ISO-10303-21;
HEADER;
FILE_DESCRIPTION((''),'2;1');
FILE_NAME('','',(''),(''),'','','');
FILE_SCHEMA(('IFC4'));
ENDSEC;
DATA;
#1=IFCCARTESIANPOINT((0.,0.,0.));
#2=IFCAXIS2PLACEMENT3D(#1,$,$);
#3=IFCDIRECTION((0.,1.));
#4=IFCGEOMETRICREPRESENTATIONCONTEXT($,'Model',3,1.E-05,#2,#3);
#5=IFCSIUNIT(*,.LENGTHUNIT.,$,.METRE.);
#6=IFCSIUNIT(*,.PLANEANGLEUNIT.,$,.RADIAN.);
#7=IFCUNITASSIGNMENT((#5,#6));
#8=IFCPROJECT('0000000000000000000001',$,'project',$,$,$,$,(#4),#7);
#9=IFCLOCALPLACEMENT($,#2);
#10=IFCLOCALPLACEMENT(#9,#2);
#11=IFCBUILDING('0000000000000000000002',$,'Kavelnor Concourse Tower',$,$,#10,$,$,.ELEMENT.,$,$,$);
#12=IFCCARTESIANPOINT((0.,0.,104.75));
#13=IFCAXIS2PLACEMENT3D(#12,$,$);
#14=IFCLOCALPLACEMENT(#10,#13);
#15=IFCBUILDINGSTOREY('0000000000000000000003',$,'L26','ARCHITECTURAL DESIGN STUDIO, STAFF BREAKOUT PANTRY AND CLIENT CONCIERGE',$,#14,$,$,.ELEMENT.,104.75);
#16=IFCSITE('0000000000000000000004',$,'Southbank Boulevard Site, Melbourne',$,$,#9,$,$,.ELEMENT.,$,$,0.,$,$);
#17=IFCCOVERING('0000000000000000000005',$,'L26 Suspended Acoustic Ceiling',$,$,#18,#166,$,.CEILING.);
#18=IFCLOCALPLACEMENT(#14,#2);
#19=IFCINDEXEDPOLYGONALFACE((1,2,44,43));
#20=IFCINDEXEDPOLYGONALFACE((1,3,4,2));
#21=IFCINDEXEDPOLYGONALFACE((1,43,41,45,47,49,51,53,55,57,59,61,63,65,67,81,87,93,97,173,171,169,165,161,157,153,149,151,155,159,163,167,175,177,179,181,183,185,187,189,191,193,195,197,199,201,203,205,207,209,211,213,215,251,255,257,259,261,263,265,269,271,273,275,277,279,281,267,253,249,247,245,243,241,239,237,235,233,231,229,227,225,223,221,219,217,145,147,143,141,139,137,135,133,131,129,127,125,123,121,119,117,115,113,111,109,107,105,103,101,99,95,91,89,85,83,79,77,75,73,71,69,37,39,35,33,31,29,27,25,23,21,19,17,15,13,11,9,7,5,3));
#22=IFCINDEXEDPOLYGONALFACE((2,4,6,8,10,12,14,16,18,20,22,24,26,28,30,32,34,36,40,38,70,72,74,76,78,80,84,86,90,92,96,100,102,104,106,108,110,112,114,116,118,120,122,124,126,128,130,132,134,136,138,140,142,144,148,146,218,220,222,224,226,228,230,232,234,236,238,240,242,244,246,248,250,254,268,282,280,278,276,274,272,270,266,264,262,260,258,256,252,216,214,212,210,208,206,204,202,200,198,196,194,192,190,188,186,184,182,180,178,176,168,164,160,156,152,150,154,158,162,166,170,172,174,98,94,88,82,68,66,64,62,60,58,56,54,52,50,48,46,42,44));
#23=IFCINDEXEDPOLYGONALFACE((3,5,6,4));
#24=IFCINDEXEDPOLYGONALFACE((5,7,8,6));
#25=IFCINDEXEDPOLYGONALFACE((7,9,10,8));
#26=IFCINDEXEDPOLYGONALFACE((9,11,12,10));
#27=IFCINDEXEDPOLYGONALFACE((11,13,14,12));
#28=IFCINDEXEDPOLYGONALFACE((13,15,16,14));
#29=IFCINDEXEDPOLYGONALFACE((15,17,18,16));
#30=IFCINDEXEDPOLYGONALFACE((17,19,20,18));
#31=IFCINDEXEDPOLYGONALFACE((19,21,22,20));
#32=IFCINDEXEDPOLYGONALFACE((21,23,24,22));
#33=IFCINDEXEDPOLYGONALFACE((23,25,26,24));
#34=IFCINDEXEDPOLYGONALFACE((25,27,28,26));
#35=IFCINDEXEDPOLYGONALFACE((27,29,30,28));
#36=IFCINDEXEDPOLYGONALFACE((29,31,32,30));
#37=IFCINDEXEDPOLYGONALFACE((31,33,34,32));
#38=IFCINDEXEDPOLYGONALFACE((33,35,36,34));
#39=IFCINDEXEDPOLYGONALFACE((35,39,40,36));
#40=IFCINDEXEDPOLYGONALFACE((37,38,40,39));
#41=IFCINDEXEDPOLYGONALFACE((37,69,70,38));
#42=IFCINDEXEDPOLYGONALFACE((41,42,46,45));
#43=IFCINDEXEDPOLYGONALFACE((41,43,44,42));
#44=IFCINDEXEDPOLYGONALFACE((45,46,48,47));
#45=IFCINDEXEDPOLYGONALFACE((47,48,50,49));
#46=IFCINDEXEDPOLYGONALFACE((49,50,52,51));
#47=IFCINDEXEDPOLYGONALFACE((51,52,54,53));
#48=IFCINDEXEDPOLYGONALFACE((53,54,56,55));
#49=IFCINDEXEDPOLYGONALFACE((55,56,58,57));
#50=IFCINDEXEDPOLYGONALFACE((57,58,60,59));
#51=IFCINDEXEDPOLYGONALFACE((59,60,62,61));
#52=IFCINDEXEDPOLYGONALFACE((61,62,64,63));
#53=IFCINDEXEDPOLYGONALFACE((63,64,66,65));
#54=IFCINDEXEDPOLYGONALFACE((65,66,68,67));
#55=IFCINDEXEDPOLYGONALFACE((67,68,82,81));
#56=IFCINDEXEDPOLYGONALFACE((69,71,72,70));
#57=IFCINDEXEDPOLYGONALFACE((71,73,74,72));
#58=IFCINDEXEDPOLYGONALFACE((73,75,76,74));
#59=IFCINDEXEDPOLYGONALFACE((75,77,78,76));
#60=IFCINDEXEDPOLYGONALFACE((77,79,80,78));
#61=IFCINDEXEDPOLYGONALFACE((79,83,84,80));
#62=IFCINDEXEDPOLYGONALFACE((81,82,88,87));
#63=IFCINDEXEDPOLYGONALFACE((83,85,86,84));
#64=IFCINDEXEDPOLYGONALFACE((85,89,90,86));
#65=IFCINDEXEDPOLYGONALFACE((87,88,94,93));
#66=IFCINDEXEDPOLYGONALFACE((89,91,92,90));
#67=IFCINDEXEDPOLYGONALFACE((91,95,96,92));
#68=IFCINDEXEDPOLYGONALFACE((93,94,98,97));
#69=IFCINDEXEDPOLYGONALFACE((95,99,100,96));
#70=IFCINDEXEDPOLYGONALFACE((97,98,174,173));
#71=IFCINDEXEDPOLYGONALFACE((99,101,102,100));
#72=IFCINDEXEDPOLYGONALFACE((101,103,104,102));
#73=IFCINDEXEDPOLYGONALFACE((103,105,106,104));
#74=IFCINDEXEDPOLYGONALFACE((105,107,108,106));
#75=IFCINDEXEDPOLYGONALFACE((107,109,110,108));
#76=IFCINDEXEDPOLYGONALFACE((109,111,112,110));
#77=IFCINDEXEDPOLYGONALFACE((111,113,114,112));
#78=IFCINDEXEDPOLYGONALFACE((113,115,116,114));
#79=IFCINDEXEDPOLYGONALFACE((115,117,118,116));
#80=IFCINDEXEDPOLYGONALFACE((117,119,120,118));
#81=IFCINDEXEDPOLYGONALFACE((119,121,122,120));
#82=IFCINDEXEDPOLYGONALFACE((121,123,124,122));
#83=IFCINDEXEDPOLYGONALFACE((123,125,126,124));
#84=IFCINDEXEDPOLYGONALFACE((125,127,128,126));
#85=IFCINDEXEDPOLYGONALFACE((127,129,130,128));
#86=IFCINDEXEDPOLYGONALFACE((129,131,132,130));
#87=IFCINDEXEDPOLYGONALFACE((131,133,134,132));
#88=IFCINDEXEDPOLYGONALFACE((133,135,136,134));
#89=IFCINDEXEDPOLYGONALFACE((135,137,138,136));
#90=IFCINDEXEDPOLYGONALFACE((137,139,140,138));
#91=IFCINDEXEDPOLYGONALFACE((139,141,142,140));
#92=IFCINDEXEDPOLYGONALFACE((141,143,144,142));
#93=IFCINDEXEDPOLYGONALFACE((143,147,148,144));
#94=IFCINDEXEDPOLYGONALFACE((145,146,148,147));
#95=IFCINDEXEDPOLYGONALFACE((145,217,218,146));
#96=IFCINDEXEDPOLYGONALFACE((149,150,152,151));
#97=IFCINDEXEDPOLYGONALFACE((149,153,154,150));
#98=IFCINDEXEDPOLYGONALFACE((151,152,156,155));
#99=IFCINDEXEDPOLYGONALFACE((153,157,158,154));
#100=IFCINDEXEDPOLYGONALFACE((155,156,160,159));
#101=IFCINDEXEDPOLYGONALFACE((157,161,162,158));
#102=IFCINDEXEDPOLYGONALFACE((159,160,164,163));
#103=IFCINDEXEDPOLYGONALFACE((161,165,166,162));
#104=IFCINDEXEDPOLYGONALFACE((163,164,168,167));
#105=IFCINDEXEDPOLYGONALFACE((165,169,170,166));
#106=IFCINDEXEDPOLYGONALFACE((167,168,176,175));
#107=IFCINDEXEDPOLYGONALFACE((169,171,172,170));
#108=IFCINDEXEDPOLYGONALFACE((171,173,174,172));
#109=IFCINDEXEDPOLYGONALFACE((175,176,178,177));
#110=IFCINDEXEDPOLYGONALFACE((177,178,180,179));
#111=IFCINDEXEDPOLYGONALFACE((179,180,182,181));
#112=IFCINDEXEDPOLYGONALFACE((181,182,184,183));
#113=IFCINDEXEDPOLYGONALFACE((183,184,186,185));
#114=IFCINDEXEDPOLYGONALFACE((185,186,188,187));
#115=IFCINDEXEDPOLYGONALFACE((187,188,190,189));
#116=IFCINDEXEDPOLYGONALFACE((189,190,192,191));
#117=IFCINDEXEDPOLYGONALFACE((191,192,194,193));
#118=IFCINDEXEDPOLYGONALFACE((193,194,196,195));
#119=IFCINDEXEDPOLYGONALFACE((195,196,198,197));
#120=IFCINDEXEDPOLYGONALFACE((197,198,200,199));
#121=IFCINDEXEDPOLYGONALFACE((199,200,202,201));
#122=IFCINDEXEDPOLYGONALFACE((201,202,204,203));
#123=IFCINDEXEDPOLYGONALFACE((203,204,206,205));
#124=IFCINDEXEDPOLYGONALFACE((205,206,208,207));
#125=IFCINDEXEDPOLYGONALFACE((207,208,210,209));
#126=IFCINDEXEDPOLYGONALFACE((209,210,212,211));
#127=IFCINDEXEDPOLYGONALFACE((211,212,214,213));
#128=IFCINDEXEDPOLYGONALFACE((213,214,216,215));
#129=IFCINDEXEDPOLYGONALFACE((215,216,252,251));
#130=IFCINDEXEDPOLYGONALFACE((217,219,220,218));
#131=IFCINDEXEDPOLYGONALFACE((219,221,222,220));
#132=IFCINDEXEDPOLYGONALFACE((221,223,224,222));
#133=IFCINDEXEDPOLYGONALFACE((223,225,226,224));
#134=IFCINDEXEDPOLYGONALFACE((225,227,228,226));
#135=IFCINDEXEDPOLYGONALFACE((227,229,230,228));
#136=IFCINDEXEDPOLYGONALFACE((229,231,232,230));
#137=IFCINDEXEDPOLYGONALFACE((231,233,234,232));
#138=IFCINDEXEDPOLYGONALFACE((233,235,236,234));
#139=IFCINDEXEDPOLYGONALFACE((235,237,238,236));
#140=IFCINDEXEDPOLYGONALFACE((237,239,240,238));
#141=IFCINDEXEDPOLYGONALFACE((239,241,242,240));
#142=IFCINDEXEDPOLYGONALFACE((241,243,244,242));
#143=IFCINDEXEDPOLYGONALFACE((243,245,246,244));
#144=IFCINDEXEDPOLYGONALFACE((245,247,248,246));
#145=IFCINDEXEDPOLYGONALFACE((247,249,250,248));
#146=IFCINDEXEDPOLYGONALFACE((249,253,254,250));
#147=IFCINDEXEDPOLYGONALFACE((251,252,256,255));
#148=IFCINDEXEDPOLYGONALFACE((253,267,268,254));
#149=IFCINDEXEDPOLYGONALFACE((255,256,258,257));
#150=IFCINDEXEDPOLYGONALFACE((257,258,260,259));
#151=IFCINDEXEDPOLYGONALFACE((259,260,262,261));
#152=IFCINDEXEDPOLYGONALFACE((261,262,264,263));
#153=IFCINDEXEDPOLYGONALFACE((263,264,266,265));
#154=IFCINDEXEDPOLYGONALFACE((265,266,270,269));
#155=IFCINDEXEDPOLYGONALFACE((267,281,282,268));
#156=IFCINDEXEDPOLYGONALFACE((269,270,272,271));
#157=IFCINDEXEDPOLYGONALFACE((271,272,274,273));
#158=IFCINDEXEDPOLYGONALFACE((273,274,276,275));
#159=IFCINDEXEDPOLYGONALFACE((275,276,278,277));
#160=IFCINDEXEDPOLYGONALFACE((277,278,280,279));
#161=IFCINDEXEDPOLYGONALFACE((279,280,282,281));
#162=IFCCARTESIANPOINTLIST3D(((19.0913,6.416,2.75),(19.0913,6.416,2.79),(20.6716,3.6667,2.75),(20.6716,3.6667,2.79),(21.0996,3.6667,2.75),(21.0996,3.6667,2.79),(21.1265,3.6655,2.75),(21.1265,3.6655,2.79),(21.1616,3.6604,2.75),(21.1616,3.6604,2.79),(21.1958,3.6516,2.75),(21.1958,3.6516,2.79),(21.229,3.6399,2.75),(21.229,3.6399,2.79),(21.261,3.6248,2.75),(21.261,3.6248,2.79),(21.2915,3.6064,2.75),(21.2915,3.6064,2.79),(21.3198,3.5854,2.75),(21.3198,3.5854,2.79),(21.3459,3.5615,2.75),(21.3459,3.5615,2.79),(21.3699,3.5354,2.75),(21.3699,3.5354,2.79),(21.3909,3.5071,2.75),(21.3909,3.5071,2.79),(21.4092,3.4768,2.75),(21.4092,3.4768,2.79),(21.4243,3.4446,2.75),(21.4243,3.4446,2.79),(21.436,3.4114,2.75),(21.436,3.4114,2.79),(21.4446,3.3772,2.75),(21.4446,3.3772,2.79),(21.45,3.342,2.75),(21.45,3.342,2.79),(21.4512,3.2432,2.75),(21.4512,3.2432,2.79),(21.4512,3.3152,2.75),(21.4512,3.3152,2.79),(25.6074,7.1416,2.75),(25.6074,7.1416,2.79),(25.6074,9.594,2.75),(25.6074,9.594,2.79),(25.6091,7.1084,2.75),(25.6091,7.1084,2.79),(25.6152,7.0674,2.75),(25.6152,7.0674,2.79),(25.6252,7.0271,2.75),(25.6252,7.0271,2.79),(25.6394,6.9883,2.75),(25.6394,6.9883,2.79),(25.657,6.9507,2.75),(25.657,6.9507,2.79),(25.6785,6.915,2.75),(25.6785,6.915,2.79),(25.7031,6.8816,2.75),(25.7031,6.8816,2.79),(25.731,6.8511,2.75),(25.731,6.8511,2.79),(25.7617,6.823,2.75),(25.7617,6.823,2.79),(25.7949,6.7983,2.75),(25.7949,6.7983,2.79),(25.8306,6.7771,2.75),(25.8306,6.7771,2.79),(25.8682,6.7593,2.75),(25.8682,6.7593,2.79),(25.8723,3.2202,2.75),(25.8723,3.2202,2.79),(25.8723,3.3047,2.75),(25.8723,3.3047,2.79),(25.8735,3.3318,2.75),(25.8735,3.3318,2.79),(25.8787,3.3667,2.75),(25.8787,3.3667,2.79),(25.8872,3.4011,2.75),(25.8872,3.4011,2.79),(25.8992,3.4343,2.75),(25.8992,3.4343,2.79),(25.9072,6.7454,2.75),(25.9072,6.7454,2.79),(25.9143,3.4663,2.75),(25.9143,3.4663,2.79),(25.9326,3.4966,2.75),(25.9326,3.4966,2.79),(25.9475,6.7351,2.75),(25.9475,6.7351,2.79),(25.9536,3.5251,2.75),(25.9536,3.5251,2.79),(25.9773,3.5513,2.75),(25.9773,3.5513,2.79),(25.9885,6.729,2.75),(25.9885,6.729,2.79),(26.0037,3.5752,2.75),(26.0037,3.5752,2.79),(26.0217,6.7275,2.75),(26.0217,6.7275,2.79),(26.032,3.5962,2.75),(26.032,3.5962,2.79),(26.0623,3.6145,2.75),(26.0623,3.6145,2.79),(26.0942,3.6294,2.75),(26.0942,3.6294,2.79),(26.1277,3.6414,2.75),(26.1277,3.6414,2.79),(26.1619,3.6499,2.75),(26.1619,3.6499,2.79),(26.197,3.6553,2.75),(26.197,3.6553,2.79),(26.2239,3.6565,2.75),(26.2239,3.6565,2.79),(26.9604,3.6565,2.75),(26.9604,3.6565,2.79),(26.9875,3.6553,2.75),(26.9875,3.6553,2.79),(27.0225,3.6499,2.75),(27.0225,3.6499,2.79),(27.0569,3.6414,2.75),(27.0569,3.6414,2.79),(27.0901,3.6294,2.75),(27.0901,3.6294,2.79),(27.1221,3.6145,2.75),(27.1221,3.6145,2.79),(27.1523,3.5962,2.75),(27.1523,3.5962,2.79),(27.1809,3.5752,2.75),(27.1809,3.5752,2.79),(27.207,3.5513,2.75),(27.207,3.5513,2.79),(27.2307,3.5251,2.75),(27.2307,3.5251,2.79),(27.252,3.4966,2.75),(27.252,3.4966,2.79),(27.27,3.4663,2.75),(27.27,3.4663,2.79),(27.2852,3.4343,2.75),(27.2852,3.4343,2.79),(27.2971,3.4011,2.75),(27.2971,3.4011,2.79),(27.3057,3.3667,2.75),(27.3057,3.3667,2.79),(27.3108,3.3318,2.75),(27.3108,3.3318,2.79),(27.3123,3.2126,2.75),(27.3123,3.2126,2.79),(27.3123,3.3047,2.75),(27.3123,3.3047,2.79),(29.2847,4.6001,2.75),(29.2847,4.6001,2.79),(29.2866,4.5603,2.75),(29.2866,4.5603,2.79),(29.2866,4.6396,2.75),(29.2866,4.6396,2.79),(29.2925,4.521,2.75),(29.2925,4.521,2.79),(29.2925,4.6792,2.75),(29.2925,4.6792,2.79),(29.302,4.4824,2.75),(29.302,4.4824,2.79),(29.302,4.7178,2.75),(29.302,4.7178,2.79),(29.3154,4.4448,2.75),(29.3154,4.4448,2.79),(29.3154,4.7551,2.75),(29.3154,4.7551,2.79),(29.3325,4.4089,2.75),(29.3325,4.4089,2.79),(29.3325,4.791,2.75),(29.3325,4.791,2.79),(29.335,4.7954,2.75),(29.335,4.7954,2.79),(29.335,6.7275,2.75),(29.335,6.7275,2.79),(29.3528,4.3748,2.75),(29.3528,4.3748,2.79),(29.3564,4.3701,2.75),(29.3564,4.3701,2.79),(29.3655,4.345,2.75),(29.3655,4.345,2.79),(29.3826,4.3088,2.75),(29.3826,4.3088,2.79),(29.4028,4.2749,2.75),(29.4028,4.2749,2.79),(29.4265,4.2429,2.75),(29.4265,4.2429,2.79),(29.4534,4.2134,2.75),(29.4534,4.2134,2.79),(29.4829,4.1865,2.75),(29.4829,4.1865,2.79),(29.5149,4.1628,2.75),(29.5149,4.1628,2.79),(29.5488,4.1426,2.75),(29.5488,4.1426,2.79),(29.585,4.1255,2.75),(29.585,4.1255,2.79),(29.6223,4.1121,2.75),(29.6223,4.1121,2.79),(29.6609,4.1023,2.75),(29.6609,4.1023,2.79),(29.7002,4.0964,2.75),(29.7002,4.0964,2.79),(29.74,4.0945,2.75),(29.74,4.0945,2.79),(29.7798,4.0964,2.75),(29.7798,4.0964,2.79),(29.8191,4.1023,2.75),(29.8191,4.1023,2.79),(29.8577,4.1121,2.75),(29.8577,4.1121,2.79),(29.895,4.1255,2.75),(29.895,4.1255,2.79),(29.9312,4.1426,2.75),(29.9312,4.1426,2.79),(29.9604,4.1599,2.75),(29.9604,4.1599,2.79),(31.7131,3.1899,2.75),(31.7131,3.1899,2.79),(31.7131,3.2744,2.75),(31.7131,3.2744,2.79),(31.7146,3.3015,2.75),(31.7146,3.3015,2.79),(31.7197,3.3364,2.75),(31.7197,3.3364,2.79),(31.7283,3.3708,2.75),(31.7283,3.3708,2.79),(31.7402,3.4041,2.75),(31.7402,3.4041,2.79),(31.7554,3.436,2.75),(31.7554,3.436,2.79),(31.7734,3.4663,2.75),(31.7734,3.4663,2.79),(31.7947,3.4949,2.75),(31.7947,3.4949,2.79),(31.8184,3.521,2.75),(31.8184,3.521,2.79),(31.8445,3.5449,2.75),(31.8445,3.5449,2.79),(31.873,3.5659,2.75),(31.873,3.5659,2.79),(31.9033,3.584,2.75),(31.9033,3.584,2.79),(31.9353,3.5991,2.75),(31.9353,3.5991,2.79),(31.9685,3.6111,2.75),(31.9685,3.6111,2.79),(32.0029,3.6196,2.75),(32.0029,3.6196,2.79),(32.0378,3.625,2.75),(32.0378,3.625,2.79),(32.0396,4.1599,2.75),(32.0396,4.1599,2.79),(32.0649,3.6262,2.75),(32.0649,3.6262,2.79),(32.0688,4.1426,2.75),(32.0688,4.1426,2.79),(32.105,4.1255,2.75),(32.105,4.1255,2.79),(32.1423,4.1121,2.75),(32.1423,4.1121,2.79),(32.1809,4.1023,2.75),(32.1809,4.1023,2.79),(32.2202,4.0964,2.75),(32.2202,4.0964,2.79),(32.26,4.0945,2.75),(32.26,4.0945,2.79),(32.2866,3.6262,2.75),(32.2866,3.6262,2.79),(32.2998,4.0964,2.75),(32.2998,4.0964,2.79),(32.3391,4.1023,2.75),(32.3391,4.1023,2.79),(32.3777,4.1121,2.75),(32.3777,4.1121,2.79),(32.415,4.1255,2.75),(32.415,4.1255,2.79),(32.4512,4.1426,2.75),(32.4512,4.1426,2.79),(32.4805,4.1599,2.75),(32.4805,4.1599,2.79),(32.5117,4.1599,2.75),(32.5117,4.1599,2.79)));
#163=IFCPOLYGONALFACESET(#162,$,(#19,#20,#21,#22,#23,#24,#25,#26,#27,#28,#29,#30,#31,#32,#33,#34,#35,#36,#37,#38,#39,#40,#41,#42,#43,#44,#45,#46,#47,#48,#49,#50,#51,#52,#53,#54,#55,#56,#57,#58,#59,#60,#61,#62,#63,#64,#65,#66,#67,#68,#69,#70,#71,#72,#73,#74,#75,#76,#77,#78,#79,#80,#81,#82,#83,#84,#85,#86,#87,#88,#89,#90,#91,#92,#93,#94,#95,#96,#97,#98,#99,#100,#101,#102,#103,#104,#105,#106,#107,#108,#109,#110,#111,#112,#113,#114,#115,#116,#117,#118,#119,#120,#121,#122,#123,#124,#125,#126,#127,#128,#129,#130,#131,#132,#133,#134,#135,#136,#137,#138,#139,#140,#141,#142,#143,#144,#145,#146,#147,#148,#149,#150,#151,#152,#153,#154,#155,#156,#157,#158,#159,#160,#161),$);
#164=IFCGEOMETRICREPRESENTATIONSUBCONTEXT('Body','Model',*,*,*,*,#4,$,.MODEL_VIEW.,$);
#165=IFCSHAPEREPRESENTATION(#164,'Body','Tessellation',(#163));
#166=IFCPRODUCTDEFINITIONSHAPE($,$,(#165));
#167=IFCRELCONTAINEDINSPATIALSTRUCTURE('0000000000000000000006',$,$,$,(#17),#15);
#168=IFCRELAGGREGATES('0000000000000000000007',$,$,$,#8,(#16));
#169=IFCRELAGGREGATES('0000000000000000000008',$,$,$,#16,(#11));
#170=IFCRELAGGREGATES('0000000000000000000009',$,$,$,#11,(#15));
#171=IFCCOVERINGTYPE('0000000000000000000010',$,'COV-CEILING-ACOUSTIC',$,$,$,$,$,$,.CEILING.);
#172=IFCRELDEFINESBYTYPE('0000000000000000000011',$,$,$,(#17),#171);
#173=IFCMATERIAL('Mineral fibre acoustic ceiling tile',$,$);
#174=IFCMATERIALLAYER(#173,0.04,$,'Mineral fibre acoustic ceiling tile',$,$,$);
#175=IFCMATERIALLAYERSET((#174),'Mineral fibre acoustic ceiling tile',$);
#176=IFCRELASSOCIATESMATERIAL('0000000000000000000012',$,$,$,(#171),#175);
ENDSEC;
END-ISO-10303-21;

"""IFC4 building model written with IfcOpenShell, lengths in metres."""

from ifc_helpers import new_model, si_unit, direction, frame, origin, place, context, subcontext, project, spatial, polyline, outline, extrude, material, layer, layer_set, type_object, element, save


model = new_model("IFC4")

# Units and contexts
model_context = context("Model", 3, precision=1e-05, world=origin(), true_north=direction((0.0, 1.0)))
body_context = subcontext(model_context, "Body", "Model", "MODEL_VIEW")
ifc_project = project(units=[si_unit("LENGTHUNIT", "METRE"), si_unit("PLANEANGLEUNIT", "RADIAN")], contexts=[model_context])

# Site, building, storey
site_placement = place(None, origin())
site = spatial("IfcSite", under=ifc_project, at=site_placement, Name="Southbank Boulevard Site, Melbourne", CompositionType="ELEMENT", RefElevation=0.0)
building_placement = place(site_placement, origin())
building = spatial("IfcBuilding", under=site, at=building_placement, Name="Kavelnor Concourse Tower", CompositionType="ELEMENT")
storey_placement = place(building_placement, frame((0.0, 0.0, 104.75)))
storey = spatial("IfcBuildingStorey", under=building, at=storey_placement, Name="L26", Description="ARCHITECTURAL DESIGN STUDIO, STAFF BREAKOUT PANTRY AND CLIENT CONCIERGE", CompositionType="ELEMENT", Elevation=104.75)

# Covering
ifc_material_1 = material(Name="Mineral fibre acoustic ceiling tile")
ifc_layer_1 = layer(ifc_material_1, 0.04, Name="Mineral fibre acoustic ceiling tile")
ifc_layer_set_1 = layer_set([ifc_layer_1], Name="Mineral fibre acoustic ceiling tile")
covering_type_1 = type_object("IfcCoveringType", Name="COV-CEILING-ACOUSTIC", PredefinedType="CEILING", material=ifc_layer_set_1)
covering_1_placement = place(storey_placement, frame((0.0, 0.0, 2.75)))
element("IfcCovering", 1, at=covering_1_placement, inside=storey, type_object=covering_type_1, Name="L26 Suspended Acoustic Ceiling", PredefinedType="CEILING", context=body_context, shape_type="SweptSolid", body=[
    extrude(outline(polyline([(25.6091, 7.1084), (25.6152, 7.0674), (25.6252, 7.0271), (25.6394, 6.9883), (25.657, 6.9507), (25.6785, 6.915), (25.7031, 6.8816), (25.731, 6.8511), (25.7617, 6.823), (25.7949, 6.7983), (25.8306, 6.7771), (25.8682, 6.7593), (25.9072, 6.7454), (25.9475, 6.7351), (25.9885, 6.729), (26.0217, 6.7275), (29.335, 6.7275), (29.335, 4.7954), (29.3325, 4.791), (29.3154, 4.7551), (29.302, 4.7178), (29.2925, 4.6792), (29.2866, 4.6396), (29.2847, 4.6001), (29.2866, 4.5603), (29.2925, 4.521), (29.302, 4.4824), (29.3154, 4.4448), (29.3325, 4.4089), (29.3528, 4.3748), (29.3564, 4.3701), (29.3655, 4.345), (29.3826, 4.3088), (29.4028, 4.2749), (29.4265, 4.2429), (29.4534, 4.2134), (29.4829, 4.1865), (29.5149, 4.1628), (29.5488, 4.1426), (29.585, 4.1255), (29.6223, 4.1121), (29.6609, 4.1023), (29.7002, 4.0964), (29.74, 4.0945), (29.7798, 4.0964), (29.8191, 4.1023), (29.8577, 4.1121), (29.895, 4.1255), (29.9312, 4.1426), (29.9604, 4.1599), (32.0396, 4.1599), (32.0688, 4.1426), (32.105, 4.1255), (32.1423, 4.1121), (32.1809, 4.1023), (32.2202, 4.0964), (32.26, 4.0945), (32.2998, 4.0964), (32.3391, 4.1023), (32.3777, 4.1121), (32.415, 4.1255), (32.4512, 4.1426), (32.4805, 4.1599), (32.5117, 4.1599), (32.2866, 3.6262), (32.0649, 3.6262), (32.0378, 3.625), (32.0029, 3.6196), (31.9685, 3.6111), (31.9353, 3.5991), (31.9033, 3.584), (31.873, 3.5659), (31.8445, 3.5449), (31.8184, 3.521), (31.7947, 3.4949), (31.7734, 3.4663), (31.7554, 3.436), (31.7402, 3.4041), (31.7283, 3.3708), (31.7197, 3.3364), (31.7146, 3.3015), (31.7131, 3.2744), (31.7131, 3.1899), (27.3123, 3.2126), (27.3123, 3.3047), (27.3108, 3.3318), (27.3057, 3.3667), (27.2971, 3.4011), (27.2852, 3.4343), (27.27, 3.4663), (27.252, 3.4966), (27.2307, 3.5251), (27.207, 3.5513), (27.1809, 3.5752), (27.1523, 3.5962), (27.1221, 3.6145), (27.0901, 3.6294), (27.0569, 3.6414), (27.0225, 3.6499), (26.9875, 3.6553), (26.9604, 3.6565), (26.2239, 3.6565), (26.197, 3.6553), (26.1619, 3.6499), (26.1277, 3.6414), (26.0942, 3.6294), (26.0623, 3.6145), (26.032, 3.5962), (26.0037, 3.5752), (25.9773, 3.5513), (25.9536, 3.5251), (25.9326, 3.4966), (25.9143, 3.4663), (25.8992, 3.4343), (25.8872, 3.4011), (25.8787, 3.3667), (25.8735, 3.3318), (25.8723, 3.3047), (25.8723, 3.2202), (21.4512, 3.2432), (21.4512, 3.3152), (21.45, 3.342), (21.4446, 3.3772), (21.436, 3.4114), (21.4243, 3.4446), (21.4092, 3.4768), (21.3909, 3.5071), (21.3699, 3.5354), (21.3459, 3.5615), (21.3198, 3.5854), (21.2915, 3.6064), (21.261, 3.6248), (21.229, 3.6399), (21.1958, 3.6516), (21.1616, 3.6604), (21.1265, 3.6655), (21.0996, 3.6667), (20.6716, 3.6667), (19.0913, 6.416), (25.6074, 9.594), (25.6074, 7.1416), (25.6091, 7.1084)])), origin(), (0.0, 0.0, 1.0), 0.04),
])

save(model, "model.ifc")
